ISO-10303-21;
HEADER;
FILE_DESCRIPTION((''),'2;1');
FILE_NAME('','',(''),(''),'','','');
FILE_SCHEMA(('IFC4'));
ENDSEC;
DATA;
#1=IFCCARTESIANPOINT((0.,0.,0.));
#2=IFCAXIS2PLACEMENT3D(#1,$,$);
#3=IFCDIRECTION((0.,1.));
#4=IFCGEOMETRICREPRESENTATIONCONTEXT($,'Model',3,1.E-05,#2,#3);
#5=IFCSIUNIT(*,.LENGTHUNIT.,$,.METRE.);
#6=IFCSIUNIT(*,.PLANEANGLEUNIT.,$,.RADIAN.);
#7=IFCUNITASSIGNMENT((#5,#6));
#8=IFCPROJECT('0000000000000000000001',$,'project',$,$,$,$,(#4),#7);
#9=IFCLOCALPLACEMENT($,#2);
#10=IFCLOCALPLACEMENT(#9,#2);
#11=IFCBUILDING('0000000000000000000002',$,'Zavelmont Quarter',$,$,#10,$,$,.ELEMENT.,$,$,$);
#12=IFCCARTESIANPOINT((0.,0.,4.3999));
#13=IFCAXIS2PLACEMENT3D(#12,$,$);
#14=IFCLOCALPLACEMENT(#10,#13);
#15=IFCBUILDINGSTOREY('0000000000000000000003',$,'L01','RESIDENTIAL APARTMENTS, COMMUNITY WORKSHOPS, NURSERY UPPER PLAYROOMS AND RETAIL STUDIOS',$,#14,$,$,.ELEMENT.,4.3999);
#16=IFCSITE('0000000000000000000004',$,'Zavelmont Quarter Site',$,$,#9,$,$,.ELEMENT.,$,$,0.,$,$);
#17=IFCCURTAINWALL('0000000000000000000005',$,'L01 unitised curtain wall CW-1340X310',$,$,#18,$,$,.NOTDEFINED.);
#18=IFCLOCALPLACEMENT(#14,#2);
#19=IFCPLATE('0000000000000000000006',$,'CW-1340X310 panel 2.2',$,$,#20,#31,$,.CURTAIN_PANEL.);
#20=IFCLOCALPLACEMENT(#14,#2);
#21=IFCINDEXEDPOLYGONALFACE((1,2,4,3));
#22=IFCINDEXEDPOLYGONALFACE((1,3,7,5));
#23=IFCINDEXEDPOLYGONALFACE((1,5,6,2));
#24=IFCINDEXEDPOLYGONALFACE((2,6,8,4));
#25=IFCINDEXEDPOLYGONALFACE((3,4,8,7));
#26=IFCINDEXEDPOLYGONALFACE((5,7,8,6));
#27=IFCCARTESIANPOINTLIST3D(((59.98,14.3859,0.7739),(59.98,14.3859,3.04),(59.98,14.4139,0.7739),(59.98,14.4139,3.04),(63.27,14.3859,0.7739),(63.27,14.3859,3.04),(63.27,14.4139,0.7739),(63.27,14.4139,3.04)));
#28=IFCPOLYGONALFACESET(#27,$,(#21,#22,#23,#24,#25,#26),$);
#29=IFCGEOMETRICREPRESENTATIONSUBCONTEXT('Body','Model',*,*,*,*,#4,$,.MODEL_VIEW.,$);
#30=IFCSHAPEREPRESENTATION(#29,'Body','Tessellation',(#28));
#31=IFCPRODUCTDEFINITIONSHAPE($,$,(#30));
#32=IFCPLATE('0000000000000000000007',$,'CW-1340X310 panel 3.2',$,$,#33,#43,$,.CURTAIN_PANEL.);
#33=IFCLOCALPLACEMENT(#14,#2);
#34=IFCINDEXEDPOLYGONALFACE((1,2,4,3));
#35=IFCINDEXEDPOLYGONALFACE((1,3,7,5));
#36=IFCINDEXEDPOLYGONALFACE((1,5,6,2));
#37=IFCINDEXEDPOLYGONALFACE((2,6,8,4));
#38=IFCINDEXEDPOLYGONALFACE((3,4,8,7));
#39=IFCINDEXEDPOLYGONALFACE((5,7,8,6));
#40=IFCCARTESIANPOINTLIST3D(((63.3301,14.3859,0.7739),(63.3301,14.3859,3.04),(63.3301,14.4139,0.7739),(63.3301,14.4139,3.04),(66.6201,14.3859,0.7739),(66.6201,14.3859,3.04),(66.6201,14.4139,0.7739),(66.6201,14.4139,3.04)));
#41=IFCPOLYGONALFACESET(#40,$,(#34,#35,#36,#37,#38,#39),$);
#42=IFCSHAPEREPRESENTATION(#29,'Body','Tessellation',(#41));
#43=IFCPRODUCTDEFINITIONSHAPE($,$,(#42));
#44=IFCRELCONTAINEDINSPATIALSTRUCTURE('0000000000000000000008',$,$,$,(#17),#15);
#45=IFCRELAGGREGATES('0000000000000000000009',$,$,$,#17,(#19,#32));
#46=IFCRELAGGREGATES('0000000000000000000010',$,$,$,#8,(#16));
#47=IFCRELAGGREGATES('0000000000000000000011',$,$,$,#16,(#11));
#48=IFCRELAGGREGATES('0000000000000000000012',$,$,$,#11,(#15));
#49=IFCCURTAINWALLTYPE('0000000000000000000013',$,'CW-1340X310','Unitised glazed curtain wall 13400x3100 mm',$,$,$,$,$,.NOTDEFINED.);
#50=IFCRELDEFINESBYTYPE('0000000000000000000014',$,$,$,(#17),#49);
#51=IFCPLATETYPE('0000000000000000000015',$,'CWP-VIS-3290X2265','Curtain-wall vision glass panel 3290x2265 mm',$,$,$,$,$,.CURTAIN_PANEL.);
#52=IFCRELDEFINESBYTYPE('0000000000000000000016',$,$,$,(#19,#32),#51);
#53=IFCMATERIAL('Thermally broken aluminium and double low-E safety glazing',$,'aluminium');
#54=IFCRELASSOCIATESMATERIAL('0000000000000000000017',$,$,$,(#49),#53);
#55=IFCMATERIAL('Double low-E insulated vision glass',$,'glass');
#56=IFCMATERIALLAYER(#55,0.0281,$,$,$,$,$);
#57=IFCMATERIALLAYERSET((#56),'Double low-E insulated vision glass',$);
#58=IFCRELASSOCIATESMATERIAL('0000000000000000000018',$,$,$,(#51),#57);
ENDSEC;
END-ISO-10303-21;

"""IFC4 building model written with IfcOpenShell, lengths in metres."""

from ifc_helpers import new_model, si_unit, direction, frame, origin, origin_2d, place, context, subcontext, project, spatial, rectangle, extrude, material, layer, layer_set, type_object, element, aggregate, save


model = new_model("IFC4")

# Units and contexts
model_context = context("Model", 3, precision=1e-05, world=origin(), true_north=direction((0.0, 1.0)))
body_context = subcontext(model_context, "Body", "Model", "MODEL_VIEW")
ifc_project = project(units=[si_unit("LENGTHUNIT", "METRE"), si_unit("PLANEANGLEUNIT", "RADIAN")], contexts=[model_context])

# Site, building, storey
site_placement = place(None, origin())
site = spatial("IfcSite", under=ifc_project, at=site_placement, Name="Zavelmont Quarter Site", CompositionType="ELEMENT", RefElevation=0.0)
building_placement = place(site_placement, origin())
building = spatial("IfcBuilding", under=site, at=building_placement, Name="Zavelmont Quarter", CompositionType="ELEMENT")
storey_placement = place(building_placement, frame((0.0, 0.0, 4.3999)))
storey = spatial("IfcBuildingStorey", under=building, at=storey_placement, Name="L01", Description="RESIDENTIAL APARTMENTS, COMMUNITY WORKSHOPS, NURSERY UPPER PLAYROOMS AND RETAIL STUDIOS", CompositionType="ELEMENT", Elevation=4.3999)

# Curtain wall
ifc_material_1 = material(Name="Thermally broken aluminium and double low-E safety glazing", Category="aluminium")
curtain_wall_type = type_object("IfcCurtainWallType", Name="CW-1340X310", Description="Unitised glazed curtain wall 13400x3100 mm", PredefinedType="NOTDEFINED", material=ifc_material_1)
curtain_wall_placement = place(storey_placement, origin())
curtain_wall = element("IfcCurtainWall", 1, at=curtain_wall_placement, inside=storey, type_object=curtain_wall_type, Name="L01 unitised curtain wall CW-1340X310", PredefinedType="NOTDEFINED")

# Plates
ifc_material_2 = material(Name="Double low-E insulated vision glass", Category="glass")
ifc_layer_1 = layer(ifc_material_2, 0.0281)
ifc_layer_set_1 = layer_set([ifc_layer_1], Name="Double low-E insulated vision glass")
plate_type_1 = type_object("IfcPlateType", Name="CWP-VIS-3290X2265", Description="Curtain-wall vision glass panel 3290x2265 mm", PredefinedType="CURTAIN_PANEL", material=ifc_layer_set_1)
plate_1_placement = place(storey_placement, frame((61.625, 14.3999, 0.7739), z_axis=(0.0, 0.0, 1.0), x_axis=(1.0, 0.0, 0.0)))
plate_1 = element("IfcPlate", 2, at=plate_1_placement, type_object=plate_type_1, Name="CW-1340X310 panel 2.2", PredefinedType="CURTAIN_PANEL", context=body_context, shape_type="SweptSolid", body=[
    extrude(rectangle(XDim=3.29, YDim=0.0281, at=origin_2d()), origin(), (0.0, 0.0, 1.0), 2.2661),
])
plate_2_placement = place(storey_placement, frame((64.9751, 14.3999, 0.7739), z_axis=(0.0, 0.0, 1.0), x_axis=(1.0, 0.0, 0.0)))
plate_2 = element("IfcPlate", 3, at=plate_2_placement, type_object=plate_type_1, Name="CW-1340X310 panel 3.2", PredefinedType="CURTAIN_PANEL", context=body_context, shape_type="SweptSolid", body=[
    extrude(rectangle(XDim=3.29, YDim=0.0281, at=origin_2d()), origin(), (0.0, 0.0, 1.0), 2.2661),
])
aggregate(curtain_wall, [plate_1, plate_2])

save(model, "model.ifc")
